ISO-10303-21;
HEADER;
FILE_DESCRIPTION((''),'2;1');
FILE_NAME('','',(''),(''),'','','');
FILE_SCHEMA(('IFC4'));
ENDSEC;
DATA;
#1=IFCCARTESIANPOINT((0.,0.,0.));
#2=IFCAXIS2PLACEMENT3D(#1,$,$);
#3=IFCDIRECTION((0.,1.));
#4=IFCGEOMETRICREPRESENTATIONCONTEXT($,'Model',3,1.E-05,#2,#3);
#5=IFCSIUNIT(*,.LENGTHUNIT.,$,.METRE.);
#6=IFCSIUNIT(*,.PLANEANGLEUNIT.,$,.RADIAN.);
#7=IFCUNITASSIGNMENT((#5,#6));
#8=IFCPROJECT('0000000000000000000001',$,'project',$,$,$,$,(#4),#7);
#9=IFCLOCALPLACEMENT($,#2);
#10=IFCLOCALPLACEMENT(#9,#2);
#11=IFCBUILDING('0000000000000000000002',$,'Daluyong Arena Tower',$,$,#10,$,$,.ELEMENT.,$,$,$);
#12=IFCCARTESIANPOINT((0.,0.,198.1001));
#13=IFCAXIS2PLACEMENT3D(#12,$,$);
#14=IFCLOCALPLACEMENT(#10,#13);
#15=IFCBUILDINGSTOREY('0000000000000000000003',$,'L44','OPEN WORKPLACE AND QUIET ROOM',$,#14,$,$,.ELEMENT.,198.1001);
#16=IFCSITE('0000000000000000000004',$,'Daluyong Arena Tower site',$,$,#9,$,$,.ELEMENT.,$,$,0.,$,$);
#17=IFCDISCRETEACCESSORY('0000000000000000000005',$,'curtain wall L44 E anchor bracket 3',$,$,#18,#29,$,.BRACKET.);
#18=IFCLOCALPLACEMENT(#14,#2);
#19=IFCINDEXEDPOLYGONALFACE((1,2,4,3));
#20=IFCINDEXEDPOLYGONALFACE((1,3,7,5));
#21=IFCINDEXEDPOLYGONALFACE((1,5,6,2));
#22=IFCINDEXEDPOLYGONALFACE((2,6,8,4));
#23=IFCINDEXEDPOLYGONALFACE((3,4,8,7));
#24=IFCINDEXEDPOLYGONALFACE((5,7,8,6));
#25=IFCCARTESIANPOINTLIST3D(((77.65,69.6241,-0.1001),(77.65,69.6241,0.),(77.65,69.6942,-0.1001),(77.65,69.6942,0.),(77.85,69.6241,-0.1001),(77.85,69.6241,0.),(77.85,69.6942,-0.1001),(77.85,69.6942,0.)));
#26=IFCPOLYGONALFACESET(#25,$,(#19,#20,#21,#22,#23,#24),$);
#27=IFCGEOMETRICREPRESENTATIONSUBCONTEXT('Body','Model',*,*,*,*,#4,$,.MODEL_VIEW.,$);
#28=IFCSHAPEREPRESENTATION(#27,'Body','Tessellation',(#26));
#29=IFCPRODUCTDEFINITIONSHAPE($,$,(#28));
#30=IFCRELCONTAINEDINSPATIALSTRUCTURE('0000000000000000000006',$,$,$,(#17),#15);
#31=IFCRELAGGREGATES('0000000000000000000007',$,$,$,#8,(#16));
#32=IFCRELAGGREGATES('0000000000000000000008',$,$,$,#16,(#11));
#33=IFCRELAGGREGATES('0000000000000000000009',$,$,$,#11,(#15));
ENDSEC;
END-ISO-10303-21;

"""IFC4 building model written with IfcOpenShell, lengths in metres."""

from ifc_helpers import new_model, si_unit, direction, frame, origin, origin_2d, place, context, subcontext, project, spatial, rectangle, extrude, element, save


model = new_model("IFC4")

# Units and contexts
model_context = context("Model", 3, precision=1e-05, world=origin(), true_north=direction((0.0, 1.0)))
body_context = subcontext(model_context, "Body", "Model", "MODEL_VIEW")
ifc_project = project(units=[si_unit("LENGTHUNIT", "METRE"), si_unit("PLANEANGLEUNIT", "RADIAN")], contexts=[model_context])

# Site, building, storey
site_placement = place(None, origin())
site = spatial("IfcSite", under=ifc_project, at=site_placement, Name="Daluyong Arena Tower site", CompositionType="ELEMENT", RefElevation=0.0)
building_placement = place(site_placement, origin())
building = spatial("IfcBuilding", under=site, at=building_placement, Name="Daluyong Arena Tower", CompositionType="ELEMENT")
storey_placement = place(building_placement, frame((0.0, 0.0, 198.1001)))
storey = spatial("IfcBuildingStorey", under=building, at=storey_placement, Name="L44", Description="OPEN WORKPLACE AND QUIET ROOM", CompositionType="ELEMENT", Elevation=198.1001)

# Discrete accessory
for number, where, z_axis, x_axis, name in (
    (1, (77.75, 69.6592, -0.1001), (0.0, 0.0, 1.0), (0.0, 1.0, 0.0), "curtain wall L44 E anchor bracket 3"),
):
    element("IfcDiscreteAccessory", number, at=place(storey_placement, frame(where, z_axis=z_axis, x_axis=x_axis)), inside=storey, Name=name, PredefinedType="BRACKET", context=body_context, shape_type="SweptSolid", body=[
        extrude(rectangle(XDim=0.0701, YDim=0.2, at=origin_2d()), origin(), (0.0, 0.0, 1.0), 0.1001),
    ])

save(model, "model.ifc")
